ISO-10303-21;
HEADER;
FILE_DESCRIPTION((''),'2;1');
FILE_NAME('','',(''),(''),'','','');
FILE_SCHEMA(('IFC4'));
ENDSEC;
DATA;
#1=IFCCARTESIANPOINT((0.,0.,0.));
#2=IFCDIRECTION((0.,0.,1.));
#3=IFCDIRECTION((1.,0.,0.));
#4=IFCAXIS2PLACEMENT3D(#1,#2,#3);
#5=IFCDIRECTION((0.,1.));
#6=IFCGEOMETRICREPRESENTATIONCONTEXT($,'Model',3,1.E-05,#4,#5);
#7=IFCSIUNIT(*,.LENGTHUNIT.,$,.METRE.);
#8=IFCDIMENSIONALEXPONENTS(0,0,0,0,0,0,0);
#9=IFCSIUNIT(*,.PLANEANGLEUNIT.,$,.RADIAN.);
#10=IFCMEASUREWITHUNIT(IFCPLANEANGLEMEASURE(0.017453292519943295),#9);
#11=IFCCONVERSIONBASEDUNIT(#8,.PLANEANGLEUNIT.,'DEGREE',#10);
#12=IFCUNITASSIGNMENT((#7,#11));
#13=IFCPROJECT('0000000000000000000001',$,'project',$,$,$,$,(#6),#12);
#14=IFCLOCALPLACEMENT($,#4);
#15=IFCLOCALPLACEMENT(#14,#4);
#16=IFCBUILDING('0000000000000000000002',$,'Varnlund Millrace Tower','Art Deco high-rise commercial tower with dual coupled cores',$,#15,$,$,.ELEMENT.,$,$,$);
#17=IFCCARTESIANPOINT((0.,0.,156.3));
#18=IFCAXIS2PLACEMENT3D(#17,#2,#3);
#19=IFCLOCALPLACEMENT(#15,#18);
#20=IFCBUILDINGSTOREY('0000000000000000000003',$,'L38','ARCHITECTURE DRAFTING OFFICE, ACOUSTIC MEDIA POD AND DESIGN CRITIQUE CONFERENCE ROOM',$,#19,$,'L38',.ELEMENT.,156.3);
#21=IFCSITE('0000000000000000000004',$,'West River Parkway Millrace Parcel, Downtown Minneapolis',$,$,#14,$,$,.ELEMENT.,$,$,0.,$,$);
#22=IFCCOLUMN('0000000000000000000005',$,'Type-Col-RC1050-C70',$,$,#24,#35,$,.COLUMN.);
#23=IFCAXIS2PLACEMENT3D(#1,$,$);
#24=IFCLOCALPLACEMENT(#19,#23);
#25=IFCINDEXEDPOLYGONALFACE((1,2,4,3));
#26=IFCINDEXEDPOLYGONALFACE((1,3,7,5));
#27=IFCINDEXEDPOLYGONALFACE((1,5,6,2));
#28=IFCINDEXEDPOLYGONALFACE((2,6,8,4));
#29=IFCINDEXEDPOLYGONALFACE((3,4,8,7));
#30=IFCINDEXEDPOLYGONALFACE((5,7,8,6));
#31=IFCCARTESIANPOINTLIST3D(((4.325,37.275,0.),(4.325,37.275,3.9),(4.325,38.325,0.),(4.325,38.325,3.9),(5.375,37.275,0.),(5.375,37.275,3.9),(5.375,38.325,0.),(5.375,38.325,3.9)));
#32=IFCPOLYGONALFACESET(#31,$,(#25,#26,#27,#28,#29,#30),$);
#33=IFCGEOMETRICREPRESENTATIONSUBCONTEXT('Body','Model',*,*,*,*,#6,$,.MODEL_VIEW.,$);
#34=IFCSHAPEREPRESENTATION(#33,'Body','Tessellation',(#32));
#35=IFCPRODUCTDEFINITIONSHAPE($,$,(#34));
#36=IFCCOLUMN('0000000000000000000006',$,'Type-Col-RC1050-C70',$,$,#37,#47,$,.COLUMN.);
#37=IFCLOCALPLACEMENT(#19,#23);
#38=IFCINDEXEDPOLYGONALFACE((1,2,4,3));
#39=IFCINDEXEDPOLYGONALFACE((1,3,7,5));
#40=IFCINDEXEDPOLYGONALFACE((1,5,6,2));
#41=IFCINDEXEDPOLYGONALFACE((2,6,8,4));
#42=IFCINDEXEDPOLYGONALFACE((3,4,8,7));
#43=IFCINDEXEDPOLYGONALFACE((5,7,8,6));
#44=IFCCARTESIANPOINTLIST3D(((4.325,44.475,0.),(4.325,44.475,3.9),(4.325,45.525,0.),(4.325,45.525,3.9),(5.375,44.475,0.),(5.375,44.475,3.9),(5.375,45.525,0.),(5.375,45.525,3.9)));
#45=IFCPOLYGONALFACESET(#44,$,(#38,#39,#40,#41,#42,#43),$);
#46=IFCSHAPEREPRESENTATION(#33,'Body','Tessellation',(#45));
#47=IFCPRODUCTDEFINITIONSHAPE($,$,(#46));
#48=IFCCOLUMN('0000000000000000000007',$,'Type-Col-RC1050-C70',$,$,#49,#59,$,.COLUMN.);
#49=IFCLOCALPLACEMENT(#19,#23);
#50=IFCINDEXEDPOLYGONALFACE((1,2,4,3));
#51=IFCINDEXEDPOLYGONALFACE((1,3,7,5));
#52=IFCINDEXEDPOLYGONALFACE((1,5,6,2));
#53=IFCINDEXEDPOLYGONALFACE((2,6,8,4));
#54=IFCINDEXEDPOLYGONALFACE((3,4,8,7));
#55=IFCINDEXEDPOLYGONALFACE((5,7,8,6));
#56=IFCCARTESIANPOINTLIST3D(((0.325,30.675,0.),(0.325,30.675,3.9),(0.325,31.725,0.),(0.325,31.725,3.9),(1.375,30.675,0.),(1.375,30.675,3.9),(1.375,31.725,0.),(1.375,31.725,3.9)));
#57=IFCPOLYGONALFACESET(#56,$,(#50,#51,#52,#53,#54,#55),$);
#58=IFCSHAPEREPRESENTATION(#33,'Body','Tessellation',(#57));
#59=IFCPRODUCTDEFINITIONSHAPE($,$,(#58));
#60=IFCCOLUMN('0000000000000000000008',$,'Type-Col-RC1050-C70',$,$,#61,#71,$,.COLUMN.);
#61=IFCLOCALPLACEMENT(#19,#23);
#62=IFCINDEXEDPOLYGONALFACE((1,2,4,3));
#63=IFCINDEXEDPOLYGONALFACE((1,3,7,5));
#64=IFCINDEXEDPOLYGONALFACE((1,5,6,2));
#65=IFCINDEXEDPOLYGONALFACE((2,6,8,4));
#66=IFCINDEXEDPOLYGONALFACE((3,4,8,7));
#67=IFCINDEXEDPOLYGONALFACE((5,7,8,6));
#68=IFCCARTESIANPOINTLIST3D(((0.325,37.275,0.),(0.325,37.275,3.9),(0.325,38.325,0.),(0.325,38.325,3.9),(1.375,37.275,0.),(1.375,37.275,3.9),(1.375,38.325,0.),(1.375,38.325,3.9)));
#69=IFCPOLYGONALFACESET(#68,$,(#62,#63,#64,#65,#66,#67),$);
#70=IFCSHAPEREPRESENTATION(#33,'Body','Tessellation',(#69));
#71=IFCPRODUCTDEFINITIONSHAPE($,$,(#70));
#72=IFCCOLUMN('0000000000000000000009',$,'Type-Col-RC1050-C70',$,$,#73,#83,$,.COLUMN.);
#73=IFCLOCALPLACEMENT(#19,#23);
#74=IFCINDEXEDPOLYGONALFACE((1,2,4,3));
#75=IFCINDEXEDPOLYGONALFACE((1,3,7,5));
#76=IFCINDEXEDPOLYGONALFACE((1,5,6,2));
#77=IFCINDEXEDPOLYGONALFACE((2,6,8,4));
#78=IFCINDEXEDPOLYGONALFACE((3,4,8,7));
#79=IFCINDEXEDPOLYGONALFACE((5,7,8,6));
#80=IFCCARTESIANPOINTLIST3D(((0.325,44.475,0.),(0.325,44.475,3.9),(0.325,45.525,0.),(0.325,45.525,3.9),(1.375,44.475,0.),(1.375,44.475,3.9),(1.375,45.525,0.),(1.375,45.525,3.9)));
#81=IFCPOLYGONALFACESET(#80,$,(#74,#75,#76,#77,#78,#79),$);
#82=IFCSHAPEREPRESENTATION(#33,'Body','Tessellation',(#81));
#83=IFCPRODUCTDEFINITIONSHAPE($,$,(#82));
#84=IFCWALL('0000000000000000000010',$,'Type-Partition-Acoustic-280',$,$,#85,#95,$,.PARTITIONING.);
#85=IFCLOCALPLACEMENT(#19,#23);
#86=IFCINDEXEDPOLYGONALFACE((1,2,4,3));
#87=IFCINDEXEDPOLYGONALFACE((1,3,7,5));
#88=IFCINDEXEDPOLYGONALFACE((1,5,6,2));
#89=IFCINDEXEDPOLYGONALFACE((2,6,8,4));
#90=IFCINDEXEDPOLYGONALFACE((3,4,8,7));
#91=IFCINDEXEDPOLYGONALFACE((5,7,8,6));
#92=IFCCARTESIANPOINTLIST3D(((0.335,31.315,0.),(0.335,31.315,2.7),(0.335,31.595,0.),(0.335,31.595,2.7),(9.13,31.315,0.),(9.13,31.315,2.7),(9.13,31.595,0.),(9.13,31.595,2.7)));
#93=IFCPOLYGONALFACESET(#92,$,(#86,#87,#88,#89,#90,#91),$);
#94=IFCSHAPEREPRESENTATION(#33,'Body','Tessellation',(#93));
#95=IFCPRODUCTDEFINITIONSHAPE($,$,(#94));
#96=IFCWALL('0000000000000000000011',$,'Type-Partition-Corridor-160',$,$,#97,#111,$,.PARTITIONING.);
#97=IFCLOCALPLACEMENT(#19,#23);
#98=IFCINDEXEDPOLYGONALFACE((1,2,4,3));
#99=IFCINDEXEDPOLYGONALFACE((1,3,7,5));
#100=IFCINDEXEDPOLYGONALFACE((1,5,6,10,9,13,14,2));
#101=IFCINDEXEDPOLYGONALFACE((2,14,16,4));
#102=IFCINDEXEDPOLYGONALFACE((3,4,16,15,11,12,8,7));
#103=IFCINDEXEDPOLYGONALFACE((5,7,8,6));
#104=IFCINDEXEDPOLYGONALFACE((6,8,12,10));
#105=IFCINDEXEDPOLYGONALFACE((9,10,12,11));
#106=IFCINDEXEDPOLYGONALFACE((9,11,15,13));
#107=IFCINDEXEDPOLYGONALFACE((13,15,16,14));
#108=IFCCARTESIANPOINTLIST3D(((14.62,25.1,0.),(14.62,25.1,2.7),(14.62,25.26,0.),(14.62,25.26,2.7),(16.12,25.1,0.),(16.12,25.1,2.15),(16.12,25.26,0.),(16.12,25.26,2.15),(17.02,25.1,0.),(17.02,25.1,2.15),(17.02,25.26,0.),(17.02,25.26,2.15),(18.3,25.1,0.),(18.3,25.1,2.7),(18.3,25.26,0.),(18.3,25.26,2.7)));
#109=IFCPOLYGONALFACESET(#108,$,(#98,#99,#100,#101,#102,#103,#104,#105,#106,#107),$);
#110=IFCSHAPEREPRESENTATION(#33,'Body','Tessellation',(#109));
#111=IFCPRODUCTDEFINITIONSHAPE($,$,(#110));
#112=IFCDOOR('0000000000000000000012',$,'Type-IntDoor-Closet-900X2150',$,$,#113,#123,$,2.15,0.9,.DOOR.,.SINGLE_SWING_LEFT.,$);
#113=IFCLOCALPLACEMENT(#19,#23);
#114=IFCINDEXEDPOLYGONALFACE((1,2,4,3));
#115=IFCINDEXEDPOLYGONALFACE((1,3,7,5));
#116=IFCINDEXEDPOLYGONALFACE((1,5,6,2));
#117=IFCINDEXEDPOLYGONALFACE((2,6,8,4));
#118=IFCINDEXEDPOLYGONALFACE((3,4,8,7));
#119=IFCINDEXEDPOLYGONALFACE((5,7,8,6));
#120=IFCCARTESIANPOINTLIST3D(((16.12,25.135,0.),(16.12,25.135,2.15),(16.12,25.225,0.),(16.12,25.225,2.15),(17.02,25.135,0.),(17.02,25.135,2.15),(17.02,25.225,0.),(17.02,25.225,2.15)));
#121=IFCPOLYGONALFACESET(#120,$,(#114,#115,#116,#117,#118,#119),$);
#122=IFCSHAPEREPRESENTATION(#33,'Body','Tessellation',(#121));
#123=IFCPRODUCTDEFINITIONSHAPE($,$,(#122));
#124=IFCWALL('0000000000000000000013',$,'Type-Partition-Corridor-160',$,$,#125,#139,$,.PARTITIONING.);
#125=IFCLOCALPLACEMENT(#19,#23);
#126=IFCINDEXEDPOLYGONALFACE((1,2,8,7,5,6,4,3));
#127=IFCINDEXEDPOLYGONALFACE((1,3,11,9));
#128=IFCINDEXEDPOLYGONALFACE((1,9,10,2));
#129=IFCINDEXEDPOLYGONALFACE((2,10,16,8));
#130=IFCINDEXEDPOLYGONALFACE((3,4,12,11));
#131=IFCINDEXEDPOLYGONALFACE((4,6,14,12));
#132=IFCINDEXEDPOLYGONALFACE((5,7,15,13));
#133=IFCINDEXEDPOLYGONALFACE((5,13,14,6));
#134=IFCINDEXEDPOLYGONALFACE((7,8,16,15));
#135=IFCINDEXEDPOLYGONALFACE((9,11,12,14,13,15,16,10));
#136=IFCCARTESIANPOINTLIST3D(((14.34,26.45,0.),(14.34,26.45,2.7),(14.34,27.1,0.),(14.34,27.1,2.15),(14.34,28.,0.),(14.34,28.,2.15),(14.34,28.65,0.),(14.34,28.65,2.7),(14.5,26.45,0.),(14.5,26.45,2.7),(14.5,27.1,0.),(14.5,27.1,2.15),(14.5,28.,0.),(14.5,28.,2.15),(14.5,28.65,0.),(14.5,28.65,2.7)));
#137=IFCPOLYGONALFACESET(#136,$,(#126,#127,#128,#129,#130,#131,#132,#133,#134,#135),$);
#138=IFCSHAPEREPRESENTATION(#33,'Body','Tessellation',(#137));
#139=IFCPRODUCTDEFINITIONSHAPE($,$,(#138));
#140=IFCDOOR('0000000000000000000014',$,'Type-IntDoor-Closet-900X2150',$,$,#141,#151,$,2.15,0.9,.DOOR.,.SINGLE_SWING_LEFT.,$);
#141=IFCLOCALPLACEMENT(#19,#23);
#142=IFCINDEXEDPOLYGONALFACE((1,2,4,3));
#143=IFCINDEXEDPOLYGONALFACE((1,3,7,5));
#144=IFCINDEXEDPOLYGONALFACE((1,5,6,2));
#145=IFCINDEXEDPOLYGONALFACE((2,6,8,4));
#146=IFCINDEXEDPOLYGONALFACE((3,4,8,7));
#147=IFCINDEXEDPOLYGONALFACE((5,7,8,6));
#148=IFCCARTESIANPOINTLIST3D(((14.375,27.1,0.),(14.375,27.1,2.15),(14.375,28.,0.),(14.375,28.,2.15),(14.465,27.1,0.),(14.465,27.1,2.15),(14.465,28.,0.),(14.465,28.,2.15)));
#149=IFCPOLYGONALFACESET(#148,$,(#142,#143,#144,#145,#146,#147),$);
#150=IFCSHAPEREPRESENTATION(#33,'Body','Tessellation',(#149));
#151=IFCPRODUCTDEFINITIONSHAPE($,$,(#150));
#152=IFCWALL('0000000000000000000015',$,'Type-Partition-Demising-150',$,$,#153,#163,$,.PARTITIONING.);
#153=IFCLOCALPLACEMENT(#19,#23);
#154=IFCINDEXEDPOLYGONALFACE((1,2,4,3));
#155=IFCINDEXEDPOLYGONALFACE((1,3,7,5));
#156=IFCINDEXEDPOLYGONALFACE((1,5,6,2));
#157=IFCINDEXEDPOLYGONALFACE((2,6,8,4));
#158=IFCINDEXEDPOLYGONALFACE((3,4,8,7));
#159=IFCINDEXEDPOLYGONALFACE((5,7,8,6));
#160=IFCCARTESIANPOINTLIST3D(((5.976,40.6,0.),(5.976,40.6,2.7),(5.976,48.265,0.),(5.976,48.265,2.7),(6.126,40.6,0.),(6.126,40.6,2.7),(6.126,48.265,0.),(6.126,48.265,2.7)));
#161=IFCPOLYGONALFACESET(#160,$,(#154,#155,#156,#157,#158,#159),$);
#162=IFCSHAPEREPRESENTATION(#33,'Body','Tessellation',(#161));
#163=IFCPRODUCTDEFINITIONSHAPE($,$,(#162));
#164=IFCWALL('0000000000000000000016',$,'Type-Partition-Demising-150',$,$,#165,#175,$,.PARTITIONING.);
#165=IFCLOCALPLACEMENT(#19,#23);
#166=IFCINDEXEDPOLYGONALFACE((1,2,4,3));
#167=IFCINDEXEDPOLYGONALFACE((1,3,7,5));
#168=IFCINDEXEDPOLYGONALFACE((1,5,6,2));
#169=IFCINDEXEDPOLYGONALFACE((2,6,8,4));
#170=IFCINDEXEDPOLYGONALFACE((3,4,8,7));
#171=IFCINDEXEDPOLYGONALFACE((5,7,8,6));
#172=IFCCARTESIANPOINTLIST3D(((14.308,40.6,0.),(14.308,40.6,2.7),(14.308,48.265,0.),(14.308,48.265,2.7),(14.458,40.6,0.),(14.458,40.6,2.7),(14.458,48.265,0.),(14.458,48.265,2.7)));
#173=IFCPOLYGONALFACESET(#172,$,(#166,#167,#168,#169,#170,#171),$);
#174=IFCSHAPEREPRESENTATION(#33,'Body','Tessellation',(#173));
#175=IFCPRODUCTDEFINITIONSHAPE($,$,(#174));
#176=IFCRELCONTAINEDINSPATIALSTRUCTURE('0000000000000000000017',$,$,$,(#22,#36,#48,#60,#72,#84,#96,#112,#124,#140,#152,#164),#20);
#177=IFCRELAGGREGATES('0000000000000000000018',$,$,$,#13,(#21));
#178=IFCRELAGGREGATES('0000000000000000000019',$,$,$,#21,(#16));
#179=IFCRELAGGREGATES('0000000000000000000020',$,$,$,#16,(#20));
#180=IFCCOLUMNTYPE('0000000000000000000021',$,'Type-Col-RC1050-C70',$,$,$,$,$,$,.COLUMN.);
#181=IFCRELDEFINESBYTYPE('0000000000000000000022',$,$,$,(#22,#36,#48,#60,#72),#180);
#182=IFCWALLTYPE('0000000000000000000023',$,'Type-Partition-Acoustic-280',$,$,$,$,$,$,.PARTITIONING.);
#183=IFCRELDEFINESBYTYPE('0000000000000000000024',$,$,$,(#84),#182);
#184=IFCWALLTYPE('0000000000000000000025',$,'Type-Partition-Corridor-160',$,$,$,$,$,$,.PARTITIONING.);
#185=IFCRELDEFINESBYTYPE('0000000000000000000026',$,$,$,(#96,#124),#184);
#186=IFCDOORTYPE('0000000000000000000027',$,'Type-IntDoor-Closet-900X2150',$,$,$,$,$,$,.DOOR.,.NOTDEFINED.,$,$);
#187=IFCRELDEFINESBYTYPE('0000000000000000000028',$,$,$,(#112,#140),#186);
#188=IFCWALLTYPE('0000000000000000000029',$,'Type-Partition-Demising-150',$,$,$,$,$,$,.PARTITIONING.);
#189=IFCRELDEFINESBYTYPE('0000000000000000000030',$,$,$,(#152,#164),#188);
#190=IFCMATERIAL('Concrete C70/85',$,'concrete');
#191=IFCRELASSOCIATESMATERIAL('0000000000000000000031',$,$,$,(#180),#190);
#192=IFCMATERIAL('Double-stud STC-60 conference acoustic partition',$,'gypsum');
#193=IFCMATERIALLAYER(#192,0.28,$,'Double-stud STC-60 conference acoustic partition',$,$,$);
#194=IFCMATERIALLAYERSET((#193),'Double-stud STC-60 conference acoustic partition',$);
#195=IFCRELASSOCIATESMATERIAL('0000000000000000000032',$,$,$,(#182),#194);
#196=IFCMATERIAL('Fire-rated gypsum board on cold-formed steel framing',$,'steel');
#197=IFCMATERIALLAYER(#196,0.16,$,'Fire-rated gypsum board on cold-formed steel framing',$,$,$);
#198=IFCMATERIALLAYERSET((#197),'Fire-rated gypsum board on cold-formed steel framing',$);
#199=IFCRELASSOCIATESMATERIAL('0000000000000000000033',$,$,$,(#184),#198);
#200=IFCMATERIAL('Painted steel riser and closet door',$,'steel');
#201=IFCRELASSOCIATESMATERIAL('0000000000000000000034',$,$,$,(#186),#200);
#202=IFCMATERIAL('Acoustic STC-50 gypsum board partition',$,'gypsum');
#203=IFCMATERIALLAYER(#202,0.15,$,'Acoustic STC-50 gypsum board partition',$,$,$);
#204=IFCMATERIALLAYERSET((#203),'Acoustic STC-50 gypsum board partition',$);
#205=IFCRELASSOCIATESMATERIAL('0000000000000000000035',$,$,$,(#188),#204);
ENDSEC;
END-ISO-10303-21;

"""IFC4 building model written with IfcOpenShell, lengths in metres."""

from ifc_helpers import new_model, entity, si_unit, converted_unit, direction, frame, origin_with_axes, origin_2d_with_axis, place, context, subcontext, project, spatial, polyline, rectangle, outline, extrude, material, layer, layer_set, material_profile, profile_set, type_object, element, fill, save


model = new_model("IFC4")

# Units and contexts
model_context = context("Model", 3, precision=1e-05, world=origin_with_axes(), true_north=direction((0.0, 1.0)))
body_context = subcontext(model_context, "Body", "Model", "MODEL_VIEW")
ifc_project = project(units=[si_unit("LENGTHUNIT", "METRE"), converted_unit("PLANEANGLEUNIT", "DEGREE", entity("IfcPlaneAngleMeasure", 0.017453292519943295), si_unit("PLANEANGLEUNIT", "RADIAN"), dimensions=[0, 0, 0, 0, 0, 0, 0])], contexts=[model_context])

# Site, building, storey
site_placement = place(None, origin_with_axes())
site = spatial("IfcSite", under=ifc_project, at=site_placement, Name="West River Parkway Millrace Parcel, Downtown Minneapolis", CompositionType="ELEMENT", RefElevation=0.0)
building_placement = place(site_placement, origin_with_axes())
building = spatial("IfcBuilding", under=site, at=building_placement, Name="Varnlund Millrace Tower", Description="Art Deco high-rise commercial tower with dual coupled cores", CompositionType="ELEMENT")
storey_placement = place(building_placement, frame((0.0, 0.0, 156.3), z_axis=(0.0, 0.0, 1.0), x_axis=(1.0, 0.0, 0.0)))
storey = spatial("IfcBuildingStorey", under=building, at=storey_placement, Name="L38", Description="ARCHITECTURE DRAFTING OFFICE, ACOUSTIC MEDIA POD AND DESIGN CRITIQUE CONFERENCE ROOM", LongName="L38", CompositionType="ELEMENT", Elevation=156.3)

# Columns
ifc_material_1 = material(Name="Concrete C70/85", Category="concrete")
ifc_material_profile = material_profile(ifc_material_1, rectangle(XDim=1.05, YDim=1.05, at=origin_2d_with_axis()), Name="Concrete C70/85")
ifc_profile_set = profile_set([ifc_material_profile], Name="Concrete C70/85")
column_type = type_object("IfcColumnType", Name="Type-Col-RC1050-C70", PredefinedType="COLUMN", material=ifc_profile_set)
for number, where, z_axis, x_axis, name in (
    (1, (4.85, 37.8, 0.0), (0.0, 0.0, 1.0), (1.0, 0.0, 0.0), "Type-Col-RC1050-C70"),
    (2, (4.85, 45.0, 0.0), (0.0, 0.0, 1.0), (1.0, 0.0, 0.0), "Type-Col-RC1050-C70"),
    (3, (0.85, 31.2, 0.0), (0.0, 0.0, 1.0), (1.0, 0.0, 0.0), "Type-Col-RC1050-C70"),
    (4, (0.85, 37.8, 0.0), (0.0, 0.0, 1.0), (1.0, 0.0, 0.0), "Type-Col-RC1050-C70"),
    (5, (0.85, 45.0, 0.0), (0.0, 0.0, 1.0), (1.0, 0.0, 0.0), "Type-Col-RC1050-C70"),
):
    element("IfcColumn", number, at=place(storey_placement, frame(where, z_axis=z_axis, x_axis=x_axis)), inside=storey, type_object=column_type, Name=name, PredefinedType="COLUMN", context=body_context, shape_type="SweptSolid", body=[
        extrude(rectangle(XDim=1.05, YDim=1.05, at=origin_2d_with_axis()), origin_with_axes(), (0.0, 0.0, 1.0), 3.9),
    ])

# Wall
ifc_material_2 = material(Name="Double-stud STC-60 conference acoustic partition", Category="gypsum")
ifc_layer_1 = layer(ifc_material_2, 0.28, Name="Double-stud STC-60 conference acoustic partition")
ifc_layer_set_1 = layer_set([ifc_layer_1], Name="Double-stud STC-60 conference acoustic partition")
wall_type_1 = type_object("IfcWallType", Name="Type-Partition-Acoustic-280", PredefinedType="PARTITIONING", material=ifc_layer_set_1)
wall_1_placement = place(storey_placement, frame((0.335, 31.455, 0.0), z_axis=(0.0, 0.0, 1.0), x_axis=(1.0, 0.0, 0.0)))
element("IfcWall", 6, at=wall_1_placement, inside=storey, type_object=wall_type_1, Name="Type-Partition-Acoustic-280", PredefinedType="PARTITIONING", context=body_context, shape_type="SweptSolid", body=[
    extrude(outline(polyline([(0.0, -0.14), (8.795, -0.14), (8.795, 0.14), (0.0, 0.14), (0.0, -0.14)])), origin_with_axes(), (0.0, 0.0, 1.0), 2.7),
])

# Walls, openings, doors
ifc_material_3 = material(Name="Fire-rated gypsum board on cold-formed steel framing", Category="steel")
ifc_layer_2 = layer(ifc_material_3, 0.16, Name="Fire-rated gypsum board on cold-formed steel framing")
ifc_layer_set_2 = layer_set([ifc_layer_2], Name="Fire-rated gypsum board on cold-formed steel framing")
wall_type_2 = type_object("IfcWallType", Name="Type-Partition-Corridor-160", PredefinedType="PARTITIONING", material=ifc_layer_set_2)
wall_2_placement = place(storey_placement, frame((14.62, 25.18, 0.0), z_axis=(0.0, 0.0, 1.0), x_axis=(1.0, 0.0, 0.0)))
wall_2 = element("IfcWall", 7, at=wall_2_placement, inside=storey, type_object=wall_type_2, Name="Type-Partition-Corridor-160", PredefinedType="PARTITIONING", context=body_context, shape_type="SweptSolid", body=[
    extrude(outline(polyline([(0.0, -0.08), (3.68, -0.08), (3.68, 0.08), (0.0, 0.08), (0.0, -0.08)])), origin_with_axes(), (0.0, 0.0, 1.0), 2.7),
])
opening_1_placement = place(wall_2_placement, frame((1.95, 0.0, 0.0), z_axis=(0.0, 0.0, 1.0), x_axis=(1.0, 0.0, 0.0)))
opening_1 = element("IfcOpeningElement", 8, at=opening_1_placement, cuts=wall_2, PredefinedType="OPENING", context=body_context, shape_type="SweptSolid", body=[
    extrude(rectangle(XDim=0.9, YDim=0.18, at=origin_2d_with_axis()), origin_with_axes(), (0.0, 0.0, 1.0), 2.15),
])
ifc_material_4 = material(Name="Painted steel riser and closet door", Category="steel")
door_type_1 = type_object("IfcDoorType", Name="Type-IntDoor-Closet-900X2150", OperationType="NOTDEFINED", PredefinedType="DOOR", material=ifc_material_4)
door_1_placement = place(wall_2_placement, frame((1.95, 0.0, 0.0), z_axis=(0.0, 0.0, 1.0), x_axis=(1.0, 0.0, 0.0)))
door_1 = element("IfcDoor", 9, at=door_1_placement, inside=storey, type_object=door_type_1, Name="Type-IntDoor-Closet-900X2150", OperationType="SINGLE_SWING_LEFT", OverallHeight=2.15, OverallWidth=0.9, PredefinedType="DOOR", context=body_context, shape_type="SweptSolid", body=[
    extrude(rectangle(XDim=0.9, YDim=0.09, at=origin_2d_with_axis()), origin_with_axes(), (0.0, 0.0, 1.0), 2.15),
])
fill(opening_1, door_1)
wall_3_placement = place(storey_placement, frame((14.42, 26.45, 0.0), z_axis=(0.0, 0.0, 1.0), x_axis=(0.0, 1.0, 0.0)))
wall_3 = element("IfcWall", 10, at=wall_3_placement, inside=storey, type_object=wall_type_2, Name="Type-Partition-Corridor-160", PredefinedType="PARTITIONING", context=body_context, shape_type="SweptSolid", body=[
    extrude(outline(polyline([(0.0, -0.08), (2.2, -0.08), (2.2, 0.08), (0.0, 0.08), (0.0, -0.08)])), origin_with_axes(), (0.0, 0.0, 1.0), 2.7),
])
opening_2_placement = place(wall_3_placement, frame((1.1, 0.0, 0.0), z_axis=(0.0, 0.0, 1.0), x_axis=(1.0, 0.0, 0.0)))
opening_2 = element("IfcOpeningElement", 11, at=opening_2_placement, cuts=wall_3, PredefinedType="OPENING", context=body_context, shape_type="SweptSolid", body=[
    extrude(rectangle(XDim=0.9, YDim=0.18, at=origin_2d_with_axis()), origin_with_axes(), (0.0, 0.0, 1.0), 2.15),
])
door_2_placement = place(wall_3_placement, frame((1.1, 0.0, 0.0), z_axis=(0.0, 0.0, 1.0), x_axis=(1.0, 0.0, 0.0)))
door_2 = element("IfcDoor", 12, at=door_2_placement, inside=storey, type_object=door_type_1, Name="Type-IntDoor-Closet-900X2150", OperationType="SINGLE_SWING_LEFT", OverallHeight=2.15, OverallWidth=0.9, PredefinedType="DOOR", context=body_context, shape_type="SweptSolid", body=[
    extrude(rectangle(XDim=0.9, YDim=0.09, at=origin_2d_with_axis()), origin_with_axes(), (0.0, 0.0, 1.0), 2.15),
])
fill(opening_2, door_2)

# Walls
ifc_material_5 = material(Name="Acoustic STC-50 gypsum board partition", Category="gypsum")
ifc_layer_3 = layer(ifc_material_5, 0.15, Name="Acoustic STC-50 gypsum board partition")
ifc_layer_set_3 = layer_set([ifc_layer_3], Name="Acoustic STC-50 gypsum board partition")
wall_type_3 = type_object("IfcWallType", Name="Type-Partition-Demising-150", PredefinedType="PARTITIONING", material=ifc_layer_set_3)
for number, where, z_axis, x_axis, name in (
    (13, (6.051, 40.6, 0.0), (0.0, 0.0, 1.0), (0.0, 1.0, 0.0), "Type-Partition-Demising-150"),
    (14, (14.383, 40.6, 0.0), (0.0, 0.0, 1.0), (0.0, 1.0, 0.0), "Type-Partition-Demising-150"),
):
    element("IfcWall", number, at=place(storey_placement, frame(where, z_axis=z_axis, x_axis=x_axis)), inside=storey, type_object=wall_type_3, Name=name, PredefinedType="PARTITIONING", context=body_context, shape_type="SweptSolid", body=[
        extrude(outline(polyline([(0.0, -0.075), (7.665, -0.075), (7.665, 0.075), (0.0, 0.075), (0.0, -0.075)])), origin_with_axes(), (0.0, 0.0, 1.0), 2.7),
    ])

save(model, "model.ifc")
